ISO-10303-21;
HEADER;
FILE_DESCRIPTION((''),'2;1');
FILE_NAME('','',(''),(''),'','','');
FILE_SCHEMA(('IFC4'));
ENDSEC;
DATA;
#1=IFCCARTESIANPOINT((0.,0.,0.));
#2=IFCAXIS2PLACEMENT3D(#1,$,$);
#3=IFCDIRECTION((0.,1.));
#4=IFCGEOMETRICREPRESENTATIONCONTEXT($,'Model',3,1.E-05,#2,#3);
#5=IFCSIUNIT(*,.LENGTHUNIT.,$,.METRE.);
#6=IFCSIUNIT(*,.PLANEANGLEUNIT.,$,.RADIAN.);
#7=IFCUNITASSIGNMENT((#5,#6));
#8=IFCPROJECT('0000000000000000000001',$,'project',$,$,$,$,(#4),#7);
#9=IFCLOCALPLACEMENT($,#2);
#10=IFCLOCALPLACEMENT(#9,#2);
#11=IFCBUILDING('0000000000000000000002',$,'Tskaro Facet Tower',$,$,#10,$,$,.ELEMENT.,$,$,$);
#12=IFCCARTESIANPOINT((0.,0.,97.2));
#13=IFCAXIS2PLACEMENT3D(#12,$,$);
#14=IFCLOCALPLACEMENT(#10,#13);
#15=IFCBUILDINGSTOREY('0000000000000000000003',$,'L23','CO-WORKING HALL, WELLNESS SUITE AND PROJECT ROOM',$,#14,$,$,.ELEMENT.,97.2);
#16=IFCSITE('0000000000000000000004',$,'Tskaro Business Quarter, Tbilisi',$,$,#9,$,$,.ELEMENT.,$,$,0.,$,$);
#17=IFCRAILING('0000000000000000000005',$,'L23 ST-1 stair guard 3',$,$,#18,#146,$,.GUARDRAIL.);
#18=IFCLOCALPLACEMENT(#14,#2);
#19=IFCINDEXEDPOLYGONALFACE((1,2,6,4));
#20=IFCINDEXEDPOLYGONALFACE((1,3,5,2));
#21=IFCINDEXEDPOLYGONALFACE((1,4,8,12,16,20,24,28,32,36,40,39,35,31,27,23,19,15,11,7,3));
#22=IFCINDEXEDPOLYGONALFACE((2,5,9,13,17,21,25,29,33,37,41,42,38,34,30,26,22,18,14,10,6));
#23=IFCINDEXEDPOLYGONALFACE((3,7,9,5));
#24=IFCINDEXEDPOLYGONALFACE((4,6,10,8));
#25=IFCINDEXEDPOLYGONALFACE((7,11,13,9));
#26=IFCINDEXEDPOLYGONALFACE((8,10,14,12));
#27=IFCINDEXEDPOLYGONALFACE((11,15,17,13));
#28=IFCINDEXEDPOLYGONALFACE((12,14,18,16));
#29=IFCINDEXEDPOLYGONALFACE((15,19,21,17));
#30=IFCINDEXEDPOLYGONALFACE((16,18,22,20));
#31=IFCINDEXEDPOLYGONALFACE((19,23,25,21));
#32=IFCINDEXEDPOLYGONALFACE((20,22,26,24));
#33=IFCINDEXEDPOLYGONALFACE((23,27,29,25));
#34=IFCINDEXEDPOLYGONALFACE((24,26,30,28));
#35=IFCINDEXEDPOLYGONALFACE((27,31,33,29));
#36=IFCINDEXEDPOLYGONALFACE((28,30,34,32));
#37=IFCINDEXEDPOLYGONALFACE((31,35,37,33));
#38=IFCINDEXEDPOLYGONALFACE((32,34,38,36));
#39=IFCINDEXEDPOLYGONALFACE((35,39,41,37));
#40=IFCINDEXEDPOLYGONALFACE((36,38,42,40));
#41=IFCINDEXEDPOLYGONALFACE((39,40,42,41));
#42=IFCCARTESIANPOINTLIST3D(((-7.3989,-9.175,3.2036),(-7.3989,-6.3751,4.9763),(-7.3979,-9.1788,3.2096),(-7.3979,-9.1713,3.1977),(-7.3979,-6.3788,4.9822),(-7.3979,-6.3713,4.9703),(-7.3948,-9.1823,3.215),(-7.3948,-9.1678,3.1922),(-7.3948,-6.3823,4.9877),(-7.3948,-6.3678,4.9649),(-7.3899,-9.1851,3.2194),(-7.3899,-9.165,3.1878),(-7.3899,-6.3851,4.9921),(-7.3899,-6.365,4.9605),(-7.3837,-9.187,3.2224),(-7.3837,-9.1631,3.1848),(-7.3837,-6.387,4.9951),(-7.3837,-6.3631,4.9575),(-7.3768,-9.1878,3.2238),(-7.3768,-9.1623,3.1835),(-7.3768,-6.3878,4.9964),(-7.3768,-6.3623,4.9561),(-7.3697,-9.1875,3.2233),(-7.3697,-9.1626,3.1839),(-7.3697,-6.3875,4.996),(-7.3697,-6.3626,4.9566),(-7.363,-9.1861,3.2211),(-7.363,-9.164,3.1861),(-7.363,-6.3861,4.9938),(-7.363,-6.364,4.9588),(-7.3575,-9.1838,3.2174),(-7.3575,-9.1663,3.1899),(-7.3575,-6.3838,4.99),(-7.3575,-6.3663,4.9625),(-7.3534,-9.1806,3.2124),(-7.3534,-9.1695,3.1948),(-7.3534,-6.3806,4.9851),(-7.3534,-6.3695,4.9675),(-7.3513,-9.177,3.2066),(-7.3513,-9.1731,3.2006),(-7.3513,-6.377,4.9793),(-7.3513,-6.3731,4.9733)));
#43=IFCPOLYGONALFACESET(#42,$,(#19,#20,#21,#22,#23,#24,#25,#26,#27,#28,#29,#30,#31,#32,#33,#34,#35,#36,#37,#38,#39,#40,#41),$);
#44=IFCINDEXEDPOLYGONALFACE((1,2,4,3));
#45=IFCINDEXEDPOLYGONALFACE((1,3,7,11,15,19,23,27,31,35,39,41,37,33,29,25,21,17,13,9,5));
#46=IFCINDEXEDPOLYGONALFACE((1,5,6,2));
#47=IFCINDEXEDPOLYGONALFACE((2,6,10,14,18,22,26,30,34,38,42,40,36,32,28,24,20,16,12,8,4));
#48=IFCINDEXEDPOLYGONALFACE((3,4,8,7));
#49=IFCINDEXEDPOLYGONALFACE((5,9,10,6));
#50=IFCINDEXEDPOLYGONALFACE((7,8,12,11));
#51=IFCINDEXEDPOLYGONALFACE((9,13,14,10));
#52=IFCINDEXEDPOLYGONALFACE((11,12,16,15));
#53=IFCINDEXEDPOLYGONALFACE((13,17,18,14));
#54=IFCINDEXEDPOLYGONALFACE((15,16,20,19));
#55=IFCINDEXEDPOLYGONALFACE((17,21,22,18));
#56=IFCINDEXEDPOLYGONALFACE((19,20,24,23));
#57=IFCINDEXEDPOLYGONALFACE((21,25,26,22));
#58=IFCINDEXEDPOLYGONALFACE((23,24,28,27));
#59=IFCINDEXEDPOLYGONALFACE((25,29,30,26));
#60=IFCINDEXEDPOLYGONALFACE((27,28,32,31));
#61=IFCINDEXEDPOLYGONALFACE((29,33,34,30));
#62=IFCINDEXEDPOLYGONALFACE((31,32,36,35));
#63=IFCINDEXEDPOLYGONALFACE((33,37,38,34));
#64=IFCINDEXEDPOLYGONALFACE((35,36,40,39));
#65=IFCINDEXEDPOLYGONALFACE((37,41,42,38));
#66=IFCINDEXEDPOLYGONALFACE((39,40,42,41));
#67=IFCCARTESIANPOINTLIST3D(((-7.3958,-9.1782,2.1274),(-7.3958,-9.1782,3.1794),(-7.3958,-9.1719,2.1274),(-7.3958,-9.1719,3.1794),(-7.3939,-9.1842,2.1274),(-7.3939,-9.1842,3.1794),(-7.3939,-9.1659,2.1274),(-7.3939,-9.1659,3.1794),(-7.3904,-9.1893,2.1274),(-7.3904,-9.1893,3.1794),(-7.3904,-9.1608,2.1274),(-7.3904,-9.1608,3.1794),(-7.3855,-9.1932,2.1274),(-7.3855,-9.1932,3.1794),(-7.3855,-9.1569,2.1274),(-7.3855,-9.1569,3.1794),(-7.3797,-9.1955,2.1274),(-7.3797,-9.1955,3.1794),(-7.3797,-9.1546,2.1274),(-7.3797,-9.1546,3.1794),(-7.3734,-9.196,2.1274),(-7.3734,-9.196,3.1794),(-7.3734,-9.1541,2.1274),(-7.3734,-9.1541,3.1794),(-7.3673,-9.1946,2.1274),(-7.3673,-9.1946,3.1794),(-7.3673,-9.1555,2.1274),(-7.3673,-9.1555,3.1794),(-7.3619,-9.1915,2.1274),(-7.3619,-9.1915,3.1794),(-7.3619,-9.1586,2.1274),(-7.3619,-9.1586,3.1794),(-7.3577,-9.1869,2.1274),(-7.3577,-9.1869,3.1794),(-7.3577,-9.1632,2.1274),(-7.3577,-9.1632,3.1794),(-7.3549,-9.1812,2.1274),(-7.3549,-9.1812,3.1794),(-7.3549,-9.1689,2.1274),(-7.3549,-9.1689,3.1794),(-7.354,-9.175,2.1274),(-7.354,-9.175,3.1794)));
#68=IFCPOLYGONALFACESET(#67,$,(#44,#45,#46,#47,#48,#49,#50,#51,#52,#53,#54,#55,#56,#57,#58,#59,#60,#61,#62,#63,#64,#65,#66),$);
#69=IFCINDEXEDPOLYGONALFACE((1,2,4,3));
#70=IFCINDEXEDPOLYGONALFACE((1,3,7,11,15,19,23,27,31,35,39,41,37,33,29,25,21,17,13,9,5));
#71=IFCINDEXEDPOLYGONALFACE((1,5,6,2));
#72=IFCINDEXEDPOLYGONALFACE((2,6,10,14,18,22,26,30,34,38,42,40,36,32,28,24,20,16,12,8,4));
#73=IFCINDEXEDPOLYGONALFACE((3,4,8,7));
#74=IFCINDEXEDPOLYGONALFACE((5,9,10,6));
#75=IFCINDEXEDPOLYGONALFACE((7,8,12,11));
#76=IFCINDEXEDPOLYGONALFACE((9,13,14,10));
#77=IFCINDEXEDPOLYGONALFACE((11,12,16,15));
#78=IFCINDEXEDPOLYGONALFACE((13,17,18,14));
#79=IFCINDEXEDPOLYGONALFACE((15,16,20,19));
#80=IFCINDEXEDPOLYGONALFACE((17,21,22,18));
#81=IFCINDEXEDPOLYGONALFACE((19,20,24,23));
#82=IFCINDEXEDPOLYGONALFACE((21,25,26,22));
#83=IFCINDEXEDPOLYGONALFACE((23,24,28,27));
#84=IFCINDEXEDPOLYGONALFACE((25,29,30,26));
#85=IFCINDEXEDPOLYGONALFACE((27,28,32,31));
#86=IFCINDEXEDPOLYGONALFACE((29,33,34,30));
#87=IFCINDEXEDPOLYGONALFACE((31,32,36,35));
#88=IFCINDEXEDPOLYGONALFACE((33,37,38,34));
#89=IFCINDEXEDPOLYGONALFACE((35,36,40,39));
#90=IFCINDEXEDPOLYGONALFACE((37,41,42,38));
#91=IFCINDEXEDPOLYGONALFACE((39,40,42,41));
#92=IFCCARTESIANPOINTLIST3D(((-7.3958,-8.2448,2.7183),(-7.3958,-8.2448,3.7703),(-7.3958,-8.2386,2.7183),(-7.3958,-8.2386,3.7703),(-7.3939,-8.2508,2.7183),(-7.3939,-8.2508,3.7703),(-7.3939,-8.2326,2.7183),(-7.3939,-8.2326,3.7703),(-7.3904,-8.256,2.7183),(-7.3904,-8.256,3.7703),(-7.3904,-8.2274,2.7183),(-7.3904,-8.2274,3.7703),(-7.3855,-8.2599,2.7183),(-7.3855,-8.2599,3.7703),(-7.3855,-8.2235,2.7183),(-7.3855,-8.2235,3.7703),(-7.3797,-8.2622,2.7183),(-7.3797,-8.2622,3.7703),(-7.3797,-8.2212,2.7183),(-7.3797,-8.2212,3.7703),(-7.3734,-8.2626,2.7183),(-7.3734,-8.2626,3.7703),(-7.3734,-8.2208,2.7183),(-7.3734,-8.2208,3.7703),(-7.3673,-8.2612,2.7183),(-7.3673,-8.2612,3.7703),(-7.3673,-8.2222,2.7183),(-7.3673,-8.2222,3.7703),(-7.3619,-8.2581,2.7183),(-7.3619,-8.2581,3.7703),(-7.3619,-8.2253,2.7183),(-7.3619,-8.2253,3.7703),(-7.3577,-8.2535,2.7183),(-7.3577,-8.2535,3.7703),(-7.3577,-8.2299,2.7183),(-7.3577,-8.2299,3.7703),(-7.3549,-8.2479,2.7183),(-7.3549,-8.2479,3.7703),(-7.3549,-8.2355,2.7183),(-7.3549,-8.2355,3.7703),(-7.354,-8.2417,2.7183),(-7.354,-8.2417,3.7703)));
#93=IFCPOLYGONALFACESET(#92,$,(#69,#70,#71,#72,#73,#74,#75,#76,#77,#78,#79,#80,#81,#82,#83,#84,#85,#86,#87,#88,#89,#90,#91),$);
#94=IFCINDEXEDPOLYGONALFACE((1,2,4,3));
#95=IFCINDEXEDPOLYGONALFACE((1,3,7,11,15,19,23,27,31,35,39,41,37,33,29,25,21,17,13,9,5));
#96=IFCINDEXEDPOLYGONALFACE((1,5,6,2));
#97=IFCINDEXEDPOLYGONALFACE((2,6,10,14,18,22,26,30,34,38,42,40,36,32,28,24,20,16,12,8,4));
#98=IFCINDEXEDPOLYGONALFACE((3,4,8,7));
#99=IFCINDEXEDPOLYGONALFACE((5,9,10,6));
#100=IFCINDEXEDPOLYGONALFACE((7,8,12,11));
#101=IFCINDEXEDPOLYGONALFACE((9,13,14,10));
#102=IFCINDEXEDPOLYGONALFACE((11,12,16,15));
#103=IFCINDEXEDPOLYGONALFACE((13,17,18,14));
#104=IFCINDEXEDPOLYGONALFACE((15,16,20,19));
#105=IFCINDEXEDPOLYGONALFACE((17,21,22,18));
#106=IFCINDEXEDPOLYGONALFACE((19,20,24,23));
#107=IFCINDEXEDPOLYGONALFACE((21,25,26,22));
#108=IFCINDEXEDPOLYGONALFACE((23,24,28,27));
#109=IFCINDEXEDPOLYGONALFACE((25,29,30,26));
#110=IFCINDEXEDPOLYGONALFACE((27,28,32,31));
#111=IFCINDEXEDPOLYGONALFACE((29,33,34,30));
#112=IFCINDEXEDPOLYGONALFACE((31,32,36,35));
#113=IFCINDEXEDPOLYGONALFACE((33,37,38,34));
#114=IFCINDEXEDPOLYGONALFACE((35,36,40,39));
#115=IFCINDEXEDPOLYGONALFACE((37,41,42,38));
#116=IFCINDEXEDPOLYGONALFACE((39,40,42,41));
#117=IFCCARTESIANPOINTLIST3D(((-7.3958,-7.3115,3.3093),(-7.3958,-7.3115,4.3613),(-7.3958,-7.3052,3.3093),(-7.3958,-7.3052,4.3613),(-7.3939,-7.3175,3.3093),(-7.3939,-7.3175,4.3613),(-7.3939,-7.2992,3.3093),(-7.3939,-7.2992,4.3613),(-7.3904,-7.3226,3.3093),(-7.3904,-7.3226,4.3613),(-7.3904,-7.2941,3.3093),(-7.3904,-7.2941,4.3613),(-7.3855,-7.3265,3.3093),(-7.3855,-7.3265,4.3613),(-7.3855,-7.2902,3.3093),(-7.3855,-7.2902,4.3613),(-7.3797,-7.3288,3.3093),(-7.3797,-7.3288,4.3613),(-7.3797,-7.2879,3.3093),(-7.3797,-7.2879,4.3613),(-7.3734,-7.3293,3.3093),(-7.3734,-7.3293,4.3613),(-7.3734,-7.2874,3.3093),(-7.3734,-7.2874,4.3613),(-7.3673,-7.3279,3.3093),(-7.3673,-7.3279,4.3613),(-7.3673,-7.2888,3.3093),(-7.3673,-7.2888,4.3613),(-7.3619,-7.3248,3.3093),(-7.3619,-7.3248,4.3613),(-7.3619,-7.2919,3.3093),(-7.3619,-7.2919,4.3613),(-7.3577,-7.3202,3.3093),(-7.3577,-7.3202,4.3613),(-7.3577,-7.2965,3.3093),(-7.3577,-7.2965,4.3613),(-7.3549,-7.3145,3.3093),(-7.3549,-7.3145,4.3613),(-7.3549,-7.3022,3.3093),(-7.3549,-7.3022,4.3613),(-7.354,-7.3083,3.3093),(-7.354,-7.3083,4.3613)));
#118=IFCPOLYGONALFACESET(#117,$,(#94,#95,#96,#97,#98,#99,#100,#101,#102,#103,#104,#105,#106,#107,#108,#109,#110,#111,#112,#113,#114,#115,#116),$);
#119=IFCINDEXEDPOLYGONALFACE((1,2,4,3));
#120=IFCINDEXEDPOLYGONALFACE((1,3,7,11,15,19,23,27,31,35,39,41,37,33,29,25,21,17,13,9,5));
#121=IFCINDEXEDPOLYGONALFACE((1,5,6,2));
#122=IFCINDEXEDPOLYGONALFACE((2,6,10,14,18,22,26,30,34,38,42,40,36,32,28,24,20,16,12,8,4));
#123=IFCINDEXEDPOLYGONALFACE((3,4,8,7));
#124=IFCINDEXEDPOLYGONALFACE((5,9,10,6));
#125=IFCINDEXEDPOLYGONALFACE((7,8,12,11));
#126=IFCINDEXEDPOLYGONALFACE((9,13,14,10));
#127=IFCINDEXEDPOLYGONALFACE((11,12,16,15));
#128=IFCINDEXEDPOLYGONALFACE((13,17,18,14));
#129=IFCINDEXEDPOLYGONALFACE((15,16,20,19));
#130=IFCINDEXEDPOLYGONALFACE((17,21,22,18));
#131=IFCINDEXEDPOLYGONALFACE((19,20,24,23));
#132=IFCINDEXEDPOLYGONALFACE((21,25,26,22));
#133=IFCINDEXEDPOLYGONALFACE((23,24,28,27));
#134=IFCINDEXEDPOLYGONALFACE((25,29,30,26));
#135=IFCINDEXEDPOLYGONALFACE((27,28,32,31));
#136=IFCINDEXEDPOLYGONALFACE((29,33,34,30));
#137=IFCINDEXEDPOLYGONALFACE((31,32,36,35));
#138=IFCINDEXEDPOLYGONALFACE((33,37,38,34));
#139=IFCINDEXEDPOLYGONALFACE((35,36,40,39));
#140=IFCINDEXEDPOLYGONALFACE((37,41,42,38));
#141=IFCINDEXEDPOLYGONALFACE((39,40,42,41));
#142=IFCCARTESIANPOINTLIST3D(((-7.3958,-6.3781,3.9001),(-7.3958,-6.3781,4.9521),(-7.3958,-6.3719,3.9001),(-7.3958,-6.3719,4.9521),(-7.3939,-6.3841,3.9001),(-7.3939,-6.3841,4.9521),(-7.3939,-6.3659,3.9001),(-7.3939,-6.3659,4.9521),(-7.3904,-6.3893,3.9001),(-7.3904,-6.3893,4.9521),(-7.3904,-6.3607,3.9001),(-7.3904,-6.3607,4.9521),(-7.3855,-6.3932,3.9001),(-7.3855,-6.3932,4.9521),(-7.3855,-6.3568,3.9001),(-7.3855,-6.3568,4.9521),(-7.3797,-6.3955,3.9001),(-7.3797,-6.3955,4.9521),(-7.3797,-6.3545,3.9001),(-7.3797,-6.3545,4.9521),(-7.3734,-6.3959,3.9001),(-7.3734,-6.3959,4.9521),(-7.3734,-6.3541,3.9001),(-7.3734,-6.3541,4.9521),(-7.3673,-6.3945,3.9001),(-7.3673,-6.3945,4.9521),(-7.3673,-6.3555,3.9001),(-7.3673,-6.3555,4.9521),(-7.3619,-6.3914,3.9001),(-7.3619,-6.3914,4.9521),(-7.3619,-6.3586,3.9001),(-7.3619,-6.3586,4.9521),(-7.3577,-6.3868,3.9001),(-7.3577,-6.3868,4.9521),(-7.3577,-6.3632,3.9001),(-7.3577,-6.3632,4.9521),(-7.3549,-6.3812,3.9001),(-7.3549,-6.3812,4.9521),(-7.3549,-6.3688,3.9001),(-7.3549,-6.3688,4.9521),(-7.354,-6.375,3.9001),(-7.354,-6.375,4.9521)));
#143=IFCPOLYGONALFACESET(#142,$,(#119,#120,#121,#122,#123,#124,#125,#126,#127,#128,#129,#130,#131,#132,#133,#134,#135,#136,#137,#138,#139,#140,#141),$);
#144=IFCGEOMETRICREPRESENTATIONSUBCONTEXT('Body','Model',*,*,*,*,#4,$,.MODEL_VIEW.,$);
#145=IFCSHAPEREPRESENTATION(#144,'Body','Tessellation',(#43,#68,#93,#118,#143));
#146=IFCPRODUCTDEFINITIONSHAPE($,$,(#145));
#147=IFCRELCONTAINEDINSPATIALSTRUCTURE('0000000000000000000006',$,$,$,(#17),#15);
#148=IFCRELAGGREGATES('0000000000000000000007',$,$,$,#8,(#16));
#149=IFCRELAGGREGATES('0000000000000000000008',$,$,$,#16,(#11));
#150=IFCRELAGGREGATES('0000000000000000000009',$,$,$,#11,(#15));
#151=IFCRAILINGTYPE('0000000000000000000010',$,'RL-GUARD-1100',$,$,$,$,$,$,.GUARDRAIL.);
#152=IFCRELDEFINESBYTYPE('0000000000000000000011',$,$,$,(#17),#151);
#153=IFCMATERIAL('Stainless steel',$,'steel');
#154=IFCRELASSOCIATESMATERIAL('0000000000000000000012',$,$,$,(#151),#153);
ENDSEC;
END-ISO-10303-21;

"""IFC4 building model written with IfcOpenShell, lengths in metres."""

from ifc_helpers import new_model, si_unit, direction, frame, origin, origin_2d, place, context, subcontext, project, spatial, circle, extrude, material, type_object, element, save


model = new_model("IFC4")

# Units and contexts
model_context = context("Model", 3, precision=1e-05, world=origin(), true_north=direction((0.0, 1.0)))
body_context = subcontext(model_context, "Body", "Model", "MODEL_VIEW")
ifc_project = project(units=[si_unit("LENGTHUNIT", "METRE"), si_unit("PLANEANGLEUNIT", "RADIAN")], contexts=[model_context])

# Site, building, storey
site_placement = place(None, origin())
site = spatial("IfcSite", under=ifc_project, at=site_placement, Name="Tskaro Business Quarter, Tbilisi", CompositionType="ELEMENT", RefElevation=0.0)
building_placement = place(site_placement, origin())
building = spatial("IfcBuilding", under=site, at=building_placement, Name="Tskaro Facet Tower", CompositionType="ELEMENT")
storey_placement = place(building_placement, frame((0.0, 0.0, 97.2)))
storey = spatial("IfcBuildingStorey", under=building, at=storey_placement, Name="L23", Description="CO-WORKING HALL, WELLNESS SUITE AND PROJECT ROOM", CompositionType="ELEMENT", Elevation=97.2)

# Shared definitions
ifc_material_1 = material(Name="Stainless steel", Category="steel")

# Railing
railing_type_1 = type_object("IfcRailingType", Name="RL-GUARD-1100", PredefinedType="GUARDRAIL", material=ifc_material_1)
railing_1_placement = place(storey_placement, frame((-7.375, -9.175, 2.1274)))
element("IfcRailing", 1, at=railing_1_placement, inside=storey, type_object=railing_type_1, Name="L23 ST-1 stair guard 3", PredefinedType="GUARDRAIL", context=body_context, shape_type="SweptSolid", body=[
    extrude(circle(Radius=0.0239, at=origin_2d()), frame((0.0, 0.0, 1.0762), z_axis=(0.0, 0.844909, 0.53491), x_axis=(-1.0, 0.0, 0.0)), (0.0, 0.0, 1.0), 3.314),
    extrude(circle(Radius=0.021, at=origin_2d()), origin(), (0.0, 0.0, 1.0), 1.052),
    extrude(circle(Radius=0.021, at=origin_2d()), frame((0.0, 0.9333, 0.5908)), (0.0, 0.0, 1.0), 1.052),
    extrude(circle(Radius=0.021, at=origin_2d()), frame((0.0, 1.8667, 1.1819)), (0.0, 0.0, 1.0), 1.052),
    extrude(circle(Radius=0.021, at=origin_2d()), frame((0.0, 2.8, 1.7727)), (0.0, 0.0, 1.0), 1.052),
])

save(model, "model.ifc")
